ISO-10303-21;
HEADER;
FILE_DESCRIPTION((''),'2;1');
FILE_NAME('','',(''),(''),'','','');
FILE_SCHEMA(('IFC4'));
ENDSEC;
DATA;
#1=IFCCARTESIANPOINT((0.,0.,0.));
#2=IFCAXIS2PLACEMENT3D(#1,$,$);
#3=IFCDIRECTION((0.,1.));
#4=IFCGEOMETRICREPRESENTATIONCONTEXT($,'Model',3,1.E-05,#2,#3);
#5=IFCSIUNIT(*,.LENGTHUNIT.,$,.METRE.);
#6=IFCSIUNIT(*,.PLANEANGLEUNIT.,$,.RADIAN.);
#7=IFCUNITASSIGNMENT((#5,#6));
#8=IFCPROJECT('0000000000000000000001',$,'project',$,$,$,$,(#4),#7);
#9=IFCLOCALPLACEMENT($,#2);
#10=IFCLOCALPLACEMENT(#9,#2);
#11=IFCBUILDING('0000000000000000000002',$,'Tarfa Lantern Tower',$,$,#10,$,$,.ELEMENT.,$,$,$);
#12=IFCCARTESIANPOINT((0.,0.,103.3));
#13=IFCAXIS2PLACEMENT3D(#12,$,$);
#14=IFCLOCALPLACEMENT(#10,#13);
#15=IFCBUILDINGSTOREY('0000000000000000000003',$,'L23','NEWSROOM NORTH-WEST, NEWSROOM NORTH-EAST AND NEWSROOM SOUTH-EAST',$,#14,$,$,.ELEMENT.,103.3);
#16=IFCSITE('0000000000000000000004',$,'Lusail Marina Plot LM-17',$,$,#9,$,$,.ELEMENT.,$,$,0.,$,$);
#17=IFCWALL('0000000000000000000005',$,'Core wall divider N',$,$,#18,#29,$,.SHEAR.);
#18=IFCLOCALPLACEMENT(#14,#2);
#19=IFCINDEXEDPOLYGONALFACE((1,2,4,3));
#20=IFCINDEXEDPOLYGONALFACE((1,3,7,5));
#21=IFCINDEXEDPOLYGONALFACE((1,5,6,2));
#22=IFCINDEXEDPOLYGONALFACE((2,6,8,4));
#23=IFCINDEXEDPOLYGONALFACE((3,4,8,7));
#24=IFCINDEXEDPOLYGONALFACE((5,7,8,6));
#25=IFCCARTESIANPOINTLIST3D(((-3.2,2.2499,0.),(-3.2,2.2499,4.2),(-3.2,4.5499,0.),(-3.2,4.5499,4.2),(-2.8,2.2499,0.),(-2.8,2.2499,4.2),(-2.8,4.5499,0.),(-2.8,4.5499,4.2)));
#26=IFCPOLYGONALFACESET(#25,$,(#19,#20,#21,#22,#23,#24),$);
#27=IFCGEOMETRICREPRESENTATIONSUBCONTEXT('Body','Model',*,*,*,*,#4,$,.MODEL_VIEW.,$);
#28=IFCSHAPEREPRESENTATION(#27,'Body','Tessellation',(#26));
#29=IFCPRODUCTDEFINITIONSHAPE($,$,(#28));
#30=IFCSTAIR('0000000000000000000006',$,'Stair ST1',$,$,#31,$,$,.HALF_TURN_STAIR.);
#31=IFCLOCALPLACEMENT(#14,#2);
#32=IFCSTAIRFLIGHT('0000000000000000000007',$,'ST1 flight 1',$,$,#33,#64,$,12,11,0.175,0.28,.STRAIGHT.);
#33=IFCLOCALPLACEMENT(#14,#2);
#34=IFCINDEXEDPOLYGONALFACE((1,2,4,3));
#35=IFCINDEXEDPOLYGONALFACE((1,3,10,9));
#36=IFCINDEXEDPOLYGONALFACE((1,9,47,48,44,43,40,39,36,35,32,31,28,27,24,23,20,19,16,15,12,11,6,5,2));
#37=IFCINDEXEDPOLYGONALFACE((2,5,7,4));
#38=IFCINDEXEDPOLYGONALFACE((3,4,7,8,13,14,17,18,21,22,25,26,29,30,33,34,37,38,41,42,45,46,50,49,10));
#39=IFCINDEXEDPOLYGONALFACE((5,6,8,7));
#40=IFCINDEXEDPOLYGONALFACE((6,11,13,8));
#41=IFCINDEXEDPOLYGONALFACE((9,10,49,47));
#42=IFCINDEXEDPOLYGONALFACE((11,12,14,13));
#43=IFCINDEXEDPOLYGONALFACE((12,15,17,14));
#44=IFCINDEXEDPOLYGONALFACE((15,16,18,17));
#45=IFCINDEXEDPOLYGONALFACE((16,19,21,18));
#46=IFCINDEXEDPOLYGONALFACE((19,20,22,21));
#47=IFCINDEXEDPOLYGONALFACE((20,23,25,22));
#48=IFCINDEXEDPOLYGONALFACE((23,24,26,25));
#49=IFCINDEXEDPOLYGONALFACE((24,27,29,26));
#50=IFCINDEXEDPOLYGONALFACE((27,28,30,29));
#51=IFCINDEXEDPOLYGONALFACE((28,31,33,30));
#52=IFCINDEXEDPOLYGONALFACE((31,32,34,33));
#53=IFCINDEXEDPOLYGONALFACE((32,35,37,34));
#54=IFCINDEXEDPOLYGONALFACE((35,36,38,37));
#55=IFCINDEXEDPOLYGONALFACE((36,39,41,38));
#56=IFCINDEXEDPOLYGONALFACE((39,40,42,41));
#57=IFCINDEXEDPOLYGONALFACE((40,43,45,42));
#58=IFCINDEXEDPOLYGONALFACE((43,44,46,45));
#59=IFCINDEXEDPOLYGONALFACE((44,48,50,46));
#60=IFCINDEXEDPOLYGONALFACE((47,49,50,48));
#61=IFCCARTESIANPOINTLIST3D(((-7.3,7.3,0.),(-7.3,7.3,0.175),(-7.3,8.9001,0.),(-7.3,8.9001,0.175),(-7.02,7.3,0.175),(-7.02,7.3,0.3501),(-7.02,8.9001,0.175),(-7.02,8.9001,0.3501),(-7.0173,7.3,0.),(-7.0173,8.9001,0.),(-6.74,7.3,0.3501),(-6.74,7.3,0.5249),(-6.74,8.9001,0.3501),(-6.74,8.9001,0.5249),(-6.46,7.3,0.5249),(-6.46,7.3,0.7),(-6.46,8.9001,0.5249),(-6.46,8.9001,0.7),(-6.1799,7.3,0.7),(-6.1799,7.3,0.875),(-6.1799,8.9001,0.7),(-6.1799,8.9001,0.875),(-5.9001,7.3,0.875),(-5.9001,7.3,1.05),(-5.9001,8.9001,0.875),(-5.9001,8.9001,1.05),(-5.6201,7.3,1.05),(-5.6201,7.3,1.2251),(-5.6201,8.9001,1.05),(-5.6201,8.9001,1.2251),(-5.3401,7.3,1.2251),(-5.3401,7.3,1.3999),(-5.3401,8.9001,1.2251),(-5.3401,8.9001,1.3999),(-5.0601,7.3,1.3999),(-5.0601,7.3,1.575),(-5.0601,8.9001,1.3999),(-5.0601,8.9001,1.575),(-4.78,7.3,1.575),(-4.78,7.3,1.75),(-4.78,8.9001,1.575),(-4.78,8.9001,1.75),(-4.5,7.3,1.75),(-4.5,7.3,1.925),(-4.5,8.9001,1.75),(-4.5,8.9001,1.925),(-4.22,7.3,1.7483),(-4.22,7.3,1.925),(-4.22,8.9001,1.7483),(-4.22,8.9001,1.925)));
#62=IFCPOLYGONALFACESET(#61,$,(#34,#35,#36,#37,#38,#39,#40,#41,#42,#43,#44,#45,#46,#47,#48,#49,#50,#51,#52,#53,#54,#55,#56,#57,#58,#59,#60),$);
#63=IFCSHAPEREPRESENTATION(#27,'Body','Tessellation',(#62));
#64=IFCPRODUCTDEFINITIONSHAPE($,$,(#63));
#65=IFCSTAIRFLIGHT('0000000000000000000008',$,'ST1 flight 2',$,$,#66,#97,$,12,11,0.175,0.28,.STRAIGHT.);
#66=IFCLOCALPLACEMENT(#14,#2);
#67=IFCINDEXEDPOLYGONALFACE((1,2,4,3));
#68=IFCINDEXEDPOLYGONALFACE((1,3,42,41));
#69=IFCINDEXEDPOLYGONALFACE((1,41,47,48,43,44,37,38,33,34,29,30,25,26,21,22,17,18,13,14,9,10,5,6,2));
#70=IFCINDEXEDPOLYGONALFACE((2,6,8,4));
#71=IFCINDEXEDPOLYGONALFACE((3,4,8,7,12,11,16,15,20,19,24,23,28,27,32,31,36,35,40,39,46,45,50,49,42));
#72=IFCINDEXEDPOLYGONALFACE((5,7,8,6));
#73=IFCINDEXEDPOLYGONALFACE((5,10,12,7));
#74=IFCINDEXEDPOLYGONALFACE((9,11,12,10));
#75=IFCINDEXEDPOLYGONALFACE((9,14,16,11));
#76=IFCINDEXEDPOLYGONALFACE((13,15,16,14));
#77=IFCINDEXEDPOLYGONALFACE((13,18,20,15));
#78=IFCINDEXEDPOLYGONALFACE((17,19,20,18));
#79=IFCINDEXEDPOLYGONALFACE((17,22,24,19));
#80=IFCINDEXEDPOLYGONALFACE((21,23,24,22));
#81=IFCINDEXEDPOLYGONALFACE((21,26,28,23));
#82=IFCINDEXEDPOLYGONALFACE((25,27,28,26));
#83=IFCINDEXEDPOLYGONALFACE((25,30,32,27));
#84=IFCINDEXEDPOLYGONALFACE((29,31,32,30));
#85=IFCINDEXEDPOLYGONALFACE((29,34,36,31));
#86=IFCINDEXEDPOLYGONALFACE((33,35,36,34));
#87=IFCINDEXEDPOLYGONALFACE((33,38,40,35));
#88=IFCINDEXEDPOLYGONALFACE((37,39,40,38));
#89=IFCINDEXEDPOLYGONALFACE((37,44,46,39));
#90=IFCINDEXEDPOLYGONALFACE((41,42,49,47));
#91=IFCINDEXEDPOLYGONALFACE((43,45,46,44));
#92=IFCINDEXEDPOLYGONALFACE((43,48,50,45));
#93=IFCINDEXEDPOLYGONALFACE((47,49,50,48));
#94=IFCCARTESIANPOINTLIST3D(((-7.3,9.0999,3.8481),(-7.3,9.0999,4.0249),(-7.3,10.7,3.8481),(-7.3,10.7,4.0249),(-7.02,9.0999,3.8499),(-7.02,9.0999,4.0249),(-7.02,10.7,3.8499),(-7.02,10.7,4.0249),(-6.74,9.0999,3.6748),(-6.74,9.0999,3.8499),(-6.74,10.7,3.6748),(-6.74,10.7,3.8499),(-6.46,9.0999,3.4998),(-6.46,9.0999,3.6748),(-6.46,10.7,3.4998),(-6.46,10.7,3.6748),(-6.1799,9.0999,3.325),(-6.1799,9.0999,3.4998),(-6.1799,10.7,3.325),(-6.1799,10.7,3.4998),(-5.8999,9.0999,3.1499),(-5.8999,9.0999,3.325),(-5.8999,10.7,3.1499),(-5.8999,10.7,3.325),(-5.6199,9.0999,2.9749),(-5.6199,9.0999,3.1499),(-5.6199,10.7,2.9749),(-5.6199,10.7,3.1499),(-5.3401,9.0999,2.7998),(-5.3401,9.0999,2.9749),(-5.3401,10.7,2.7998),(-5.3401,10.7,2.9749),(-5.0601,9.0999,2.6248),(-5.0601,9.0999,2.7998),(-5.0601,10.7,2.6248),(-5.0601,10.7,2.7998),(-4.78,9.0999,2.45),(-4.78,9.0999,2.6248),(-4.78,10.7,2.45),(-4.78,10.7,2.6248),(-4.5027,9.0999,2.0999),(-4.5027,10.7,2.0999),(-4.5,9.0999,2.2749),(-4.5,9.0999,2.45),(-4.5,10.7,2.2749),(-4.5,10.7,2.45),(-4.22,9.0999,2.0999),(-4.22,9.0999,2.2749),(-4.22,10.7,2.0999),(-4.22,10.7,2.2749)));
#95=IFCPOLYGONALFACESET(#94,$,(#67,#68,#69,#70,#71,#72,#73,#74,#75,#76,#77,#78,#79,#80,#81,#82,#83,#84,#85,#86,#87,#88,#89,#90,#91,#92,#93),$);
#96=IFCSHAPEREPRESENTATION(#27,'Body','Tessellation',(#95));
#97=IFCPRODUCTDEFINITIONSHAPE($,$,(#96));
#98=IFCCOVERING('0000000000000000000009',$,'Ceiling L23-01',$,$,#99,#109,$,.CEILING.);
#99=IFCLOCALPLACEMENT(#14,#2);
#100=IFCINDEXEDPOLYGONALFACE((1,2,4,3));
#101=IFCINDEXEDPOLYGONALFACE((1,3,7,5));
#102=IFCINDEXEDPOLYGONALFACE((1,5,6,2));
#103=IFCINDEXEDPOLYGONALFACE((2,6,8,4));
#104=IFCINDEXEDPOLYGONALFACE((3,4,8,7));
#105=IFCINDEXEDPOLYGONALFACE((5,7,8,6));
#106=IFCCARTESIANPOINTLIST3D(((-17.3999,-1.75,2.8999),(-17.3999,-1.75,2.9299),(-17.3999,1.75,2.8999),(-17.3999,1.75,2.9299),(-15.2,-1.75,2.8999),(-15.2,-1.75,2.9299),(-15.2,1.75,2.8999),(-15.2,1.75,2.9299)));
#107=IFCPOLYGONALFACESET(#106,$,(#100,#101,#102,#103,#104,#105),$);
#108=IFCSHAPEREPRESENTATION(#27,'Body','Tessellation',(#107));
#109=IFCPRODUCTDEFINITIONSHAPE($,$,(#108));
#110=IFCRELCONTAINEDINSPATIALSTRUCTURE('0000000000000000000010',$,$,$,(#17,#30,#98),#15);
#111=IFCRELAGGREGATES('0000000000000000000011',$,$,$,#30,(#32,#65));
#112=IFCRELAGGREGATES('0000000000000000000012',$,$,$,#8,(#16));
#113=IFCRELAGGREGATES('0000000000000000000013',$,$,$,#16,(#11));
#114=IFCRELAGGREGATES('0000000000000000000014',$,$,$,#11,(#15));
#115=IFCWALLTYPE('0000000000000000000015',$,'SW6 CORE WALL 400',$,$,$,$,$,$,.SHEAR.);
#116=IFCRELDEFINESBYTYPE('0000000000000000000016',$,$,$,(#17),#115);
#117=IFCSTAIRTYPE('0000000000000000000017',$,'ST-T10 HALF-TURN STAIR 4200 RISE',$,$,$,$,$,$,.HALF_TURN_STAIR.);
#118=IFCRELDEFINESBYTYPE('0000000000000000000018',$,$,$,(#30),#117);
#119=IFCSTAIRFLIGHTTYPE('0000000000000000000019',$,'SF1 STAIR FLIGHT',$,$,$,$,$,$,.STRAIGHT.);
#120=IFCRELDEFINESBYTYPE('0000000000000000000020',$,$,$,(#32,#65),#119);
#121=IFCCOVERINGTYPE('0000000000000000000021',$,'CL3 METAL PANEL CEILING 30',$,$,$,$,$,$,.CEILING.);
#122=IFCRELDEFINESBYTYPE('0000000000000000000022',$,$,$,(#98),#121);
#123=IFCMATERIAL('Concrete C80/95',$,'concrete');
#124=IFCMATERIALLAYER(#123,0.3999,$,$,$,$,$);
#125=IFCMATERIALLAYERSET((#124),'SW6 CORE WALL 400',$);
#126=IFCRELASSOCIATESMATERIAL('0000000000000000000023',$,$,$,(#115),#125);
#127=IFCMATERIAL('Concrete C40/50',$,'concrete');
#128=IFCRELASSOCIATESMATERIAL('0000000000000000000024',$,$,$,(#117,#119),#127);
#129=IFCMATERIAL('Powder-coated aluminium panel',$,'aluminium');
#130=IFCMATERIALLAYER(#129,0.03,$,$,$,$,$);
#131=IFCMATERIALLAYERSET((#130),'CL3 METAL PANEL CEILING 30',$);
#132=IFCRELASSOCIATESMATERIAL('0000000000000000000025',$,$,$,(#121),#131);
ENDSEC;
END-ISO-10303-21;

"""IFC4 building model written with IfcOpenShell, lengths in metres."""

from ifc_helpers import new_model, si_unit, direction, frame, frame_2d, origin, place, context, subcontext, project, spatial, polyline, rectangle, outline, extrude, material, layer, layer_set, type_object, element, aggregate, save


model = new_model("IFC4")

# Units and contexts
model_context = context("Model", 3, precision=1e-05, world=origin(), true_north=direction((0.0, 1.0)))
body_context = subcontext(model_context, "Body", "Model", "MODEL_VIEW")
ifc_project = project(units=[si_unit("LENGTHUNIT", "METRE"), si_unit("PLANEANGLEUNIT", "RADIAN")], contexts=[model_context])

# Site, building, storey
site_placement = place(None, origin())
site = spatial("IfcSite", under=ifc_project, at=site_placement, Name="Lusail Marina Plot LM-17", CompositionType="ELEMENT", RefElevation=0.0)
building_placement = place(site_placement, origin())
building = spatial("IfcBuilding", under=site, at=building_placement, Name="Tarfa Lantern Tower", CompositionType="ELEMENT")
storey_placement = place(building_placement, frame((0.0, 0.0, 103.3)))
storey = spatial("IfcBuildingStorey", under=building, at=storey_placement, Name="L23", Description="NEWSROOM NORTH-WEST, NEWSROOM NORTH-EAST AND NEWSROOM SOUTH-EAST", CompositionType="ELEMENT", Elevation=103.3)

# Shared definitions
ifc_material_1 = material(Name="Concrete C80/95", Category="concrete")

# Wall
ifc_layer_1 = layer(ifc_material_1, 0.3999)
ifc_layer_set_1 = layer_set([ifc_layer_1], Name="SW6 CORE WALL 400")
wall_type_1 = type_object("IfcWallType", Name="SW6 CORE WALL 400", PredefinedType="SHEAR", material=ifc_layer_set_1)
for number, where, z_axis, x_axis, name in (
    (1, (-3.0, 2.25, 0.0), (0.0, 0.0, 1.0), (0.0, 1.0, 0.0), "Core wall divider N"),
):
    element("IfcWall", number, at=place(storey_placement, frame(where, z_axis=z_axis, x_axis=x_axis)), inside=storey, type_object=wall_type_1, Name=name, PredefinedType="SHEAR", context=body_context, shape_type="SweptSolid", body=[
        extrude(rectangle(XDim=2.3, YDim=0.3999, at=frame_2d((1.1499, 0.0))), origin(), (0.0, 0.0, 1.0), 4.2),
    ])

# Stair, stair flights
ifc_material_2 = material(Name="Concrete C40/50", Category="concrete")
stair_type = type_object("IfcStairType", Name="ST-T10 HALF-TURN STAIR 4200 RISE", PredefinedType="HALF_TURN_STAIR", material=ifc_material_2)
stair_placement = place(storey_placement, origin())
stair = element("IfcStair", 2, at=stair_placement, inside=storey, type_object=stair_type, Name="Stair ST1", PredefinedType="HALF_TURN_STAIR")
stair_flight_type = type_object("IfcStairFlightType", Name="SF1 STAIR FLIGHT", PredefinedType="STRAIGHT", material=ifc_material_2)
stair_flight_1_placement = place(storey_placement, frame((-7.3, 8.1001, 0.0), z_axis=(0.0, 0.0, 1.0), x_axis=(1.0, 0.0, 0.0)))
stair_flight_1 = element("IfcStairFlight", 3, at=stair_flight_1_placement, type_object=stair_flight_type, Name="ST1 flight 1", NumberOfRisers=12, NumberOfTreads=11, PredefinedType="STRAIGHT", RiserHeight=0.175, TreadLength=0.28, context=body_context, shape_type="SweptSolid", body=[
    extrude(outline(polyline([(0.0, 0.0), (0.0, 0.175), (0.28, 0.175), (0.28, 0.3501), (0.5601, 0.3501), (0.5601, 0.5249), (0.8401, 0.5249), (0.8401, 0.7), (1.1201, 0.7), (1.1201, 0.875), (1.3999, 0.875), (1.3999, 1.05), (1.6799, 1.05), (1.6799, 1.2251), (1.96, 1.2251), (1.96, 1.3999), (2.24, 1.3999), (2.24, 1.575), (2.52, 1.575), (2.52, 1.75), (2.8, 1.75), (2.8, 1.925), (3.0801, 1.925), (3.0801, 2.1001), (3.0801, 1.7483), (0.2827, 0.0), (0.0, 0.0)])), frame((0.0, 0.8, 0.0), z_axis=(0.0, -1.0, 0.0), x_axis=(1.0, 0.0, 0.0)), (0.0, 0.0, 1.0), 1.6001),
])
stair_flight_2_placement = place(storey_placement, frame((-4.22, 9.8999, 2.0999), z_axis=(0.0, 0.0, 1.0), x_axis=(-1.0, 0.0, 0.0)))
stair_flight_2 = element("IfcStairFlight", 4, at=stair_flight_2_placement, type_object=stair_flight_type, Name="ST1 flight 2", NumberOfRisers=12, NumberOfTreads=11, PredefinedType="STRAIGHT", RiserHeight=0.175, TreadLength=0.28, context=body_context, shape_type="SweptSolid", body=[
    extrude(outline(polyline([(0.0, 0.0), (0.0, 0.175), (0.28, 0.175), (0.28, 0.3501), (0.5601, 0.3501), (0.5601, 0.5249), (0.8401, 0.5249), (0.8401, 0.7), (1.1201, 0.7), (1.1201, 0.875), (1.3999, 0.875), (1.3999, 1.05), (1.6799, 1.05), (1.6799, 1.2251), (1.96, 1.2251), (1.96, 1.3999), (2.24, 1.3999), (2.24, 1.575), (2.52, 1.575), (2.52, 1.75), (2.8, 1.75), (2.8, 1.925), (3.0801, 1.925), (3.0801, 2.1001), (3.0801, 1.7483), (0.2827, 0.0), (0.0, 0.0)])), frame((0.0, 0.8, 0.0), z_axis=(0.0, -1.0, 0.0), x_axis=(1.0, 0.0, 0.0)), (0.0, 0.0, 1.0), 1.6001),
])
aggregate(stair, [stair_flight_1, stair_flight_2])

# Covering
ifc_material_3 = material(Name="Powder-coated aluminium panel", Category="aluminium")
ifc_layer_2 = layer(ifc_material_3, 0.03)
ifc_layer_set_2 = layer_set([ifc_layer_2], Name="CL3 METAL PANEL CEILING 30")
covering_type = type_object("IfcCoveringType", Name="CL3 METAL PANEL CEILING 30", PredefinedType="CEILING", material=ifc_layer_set_2)
covering_placement = place(storey_placement, frame((0.0, 0.0, 2.8999)))
element("IfcCovering", 5, at=covering_placement, inside=storey, type_object=covering_type, Name="Ceiling L23-01", PredefinedType="CEILING", context=body_context, shape_type="SweptSolid", body=[
    extrude(outline(polyline([(-17.3999, -1.75), (-15.2, -1.75), (-15.2, 1.75), (-17.3999, 1.75), (-17.3999, -1.75)])), origin(), (0.0, 0.0, 1.0), 0.03),
])

save(model, "model.ifc")
